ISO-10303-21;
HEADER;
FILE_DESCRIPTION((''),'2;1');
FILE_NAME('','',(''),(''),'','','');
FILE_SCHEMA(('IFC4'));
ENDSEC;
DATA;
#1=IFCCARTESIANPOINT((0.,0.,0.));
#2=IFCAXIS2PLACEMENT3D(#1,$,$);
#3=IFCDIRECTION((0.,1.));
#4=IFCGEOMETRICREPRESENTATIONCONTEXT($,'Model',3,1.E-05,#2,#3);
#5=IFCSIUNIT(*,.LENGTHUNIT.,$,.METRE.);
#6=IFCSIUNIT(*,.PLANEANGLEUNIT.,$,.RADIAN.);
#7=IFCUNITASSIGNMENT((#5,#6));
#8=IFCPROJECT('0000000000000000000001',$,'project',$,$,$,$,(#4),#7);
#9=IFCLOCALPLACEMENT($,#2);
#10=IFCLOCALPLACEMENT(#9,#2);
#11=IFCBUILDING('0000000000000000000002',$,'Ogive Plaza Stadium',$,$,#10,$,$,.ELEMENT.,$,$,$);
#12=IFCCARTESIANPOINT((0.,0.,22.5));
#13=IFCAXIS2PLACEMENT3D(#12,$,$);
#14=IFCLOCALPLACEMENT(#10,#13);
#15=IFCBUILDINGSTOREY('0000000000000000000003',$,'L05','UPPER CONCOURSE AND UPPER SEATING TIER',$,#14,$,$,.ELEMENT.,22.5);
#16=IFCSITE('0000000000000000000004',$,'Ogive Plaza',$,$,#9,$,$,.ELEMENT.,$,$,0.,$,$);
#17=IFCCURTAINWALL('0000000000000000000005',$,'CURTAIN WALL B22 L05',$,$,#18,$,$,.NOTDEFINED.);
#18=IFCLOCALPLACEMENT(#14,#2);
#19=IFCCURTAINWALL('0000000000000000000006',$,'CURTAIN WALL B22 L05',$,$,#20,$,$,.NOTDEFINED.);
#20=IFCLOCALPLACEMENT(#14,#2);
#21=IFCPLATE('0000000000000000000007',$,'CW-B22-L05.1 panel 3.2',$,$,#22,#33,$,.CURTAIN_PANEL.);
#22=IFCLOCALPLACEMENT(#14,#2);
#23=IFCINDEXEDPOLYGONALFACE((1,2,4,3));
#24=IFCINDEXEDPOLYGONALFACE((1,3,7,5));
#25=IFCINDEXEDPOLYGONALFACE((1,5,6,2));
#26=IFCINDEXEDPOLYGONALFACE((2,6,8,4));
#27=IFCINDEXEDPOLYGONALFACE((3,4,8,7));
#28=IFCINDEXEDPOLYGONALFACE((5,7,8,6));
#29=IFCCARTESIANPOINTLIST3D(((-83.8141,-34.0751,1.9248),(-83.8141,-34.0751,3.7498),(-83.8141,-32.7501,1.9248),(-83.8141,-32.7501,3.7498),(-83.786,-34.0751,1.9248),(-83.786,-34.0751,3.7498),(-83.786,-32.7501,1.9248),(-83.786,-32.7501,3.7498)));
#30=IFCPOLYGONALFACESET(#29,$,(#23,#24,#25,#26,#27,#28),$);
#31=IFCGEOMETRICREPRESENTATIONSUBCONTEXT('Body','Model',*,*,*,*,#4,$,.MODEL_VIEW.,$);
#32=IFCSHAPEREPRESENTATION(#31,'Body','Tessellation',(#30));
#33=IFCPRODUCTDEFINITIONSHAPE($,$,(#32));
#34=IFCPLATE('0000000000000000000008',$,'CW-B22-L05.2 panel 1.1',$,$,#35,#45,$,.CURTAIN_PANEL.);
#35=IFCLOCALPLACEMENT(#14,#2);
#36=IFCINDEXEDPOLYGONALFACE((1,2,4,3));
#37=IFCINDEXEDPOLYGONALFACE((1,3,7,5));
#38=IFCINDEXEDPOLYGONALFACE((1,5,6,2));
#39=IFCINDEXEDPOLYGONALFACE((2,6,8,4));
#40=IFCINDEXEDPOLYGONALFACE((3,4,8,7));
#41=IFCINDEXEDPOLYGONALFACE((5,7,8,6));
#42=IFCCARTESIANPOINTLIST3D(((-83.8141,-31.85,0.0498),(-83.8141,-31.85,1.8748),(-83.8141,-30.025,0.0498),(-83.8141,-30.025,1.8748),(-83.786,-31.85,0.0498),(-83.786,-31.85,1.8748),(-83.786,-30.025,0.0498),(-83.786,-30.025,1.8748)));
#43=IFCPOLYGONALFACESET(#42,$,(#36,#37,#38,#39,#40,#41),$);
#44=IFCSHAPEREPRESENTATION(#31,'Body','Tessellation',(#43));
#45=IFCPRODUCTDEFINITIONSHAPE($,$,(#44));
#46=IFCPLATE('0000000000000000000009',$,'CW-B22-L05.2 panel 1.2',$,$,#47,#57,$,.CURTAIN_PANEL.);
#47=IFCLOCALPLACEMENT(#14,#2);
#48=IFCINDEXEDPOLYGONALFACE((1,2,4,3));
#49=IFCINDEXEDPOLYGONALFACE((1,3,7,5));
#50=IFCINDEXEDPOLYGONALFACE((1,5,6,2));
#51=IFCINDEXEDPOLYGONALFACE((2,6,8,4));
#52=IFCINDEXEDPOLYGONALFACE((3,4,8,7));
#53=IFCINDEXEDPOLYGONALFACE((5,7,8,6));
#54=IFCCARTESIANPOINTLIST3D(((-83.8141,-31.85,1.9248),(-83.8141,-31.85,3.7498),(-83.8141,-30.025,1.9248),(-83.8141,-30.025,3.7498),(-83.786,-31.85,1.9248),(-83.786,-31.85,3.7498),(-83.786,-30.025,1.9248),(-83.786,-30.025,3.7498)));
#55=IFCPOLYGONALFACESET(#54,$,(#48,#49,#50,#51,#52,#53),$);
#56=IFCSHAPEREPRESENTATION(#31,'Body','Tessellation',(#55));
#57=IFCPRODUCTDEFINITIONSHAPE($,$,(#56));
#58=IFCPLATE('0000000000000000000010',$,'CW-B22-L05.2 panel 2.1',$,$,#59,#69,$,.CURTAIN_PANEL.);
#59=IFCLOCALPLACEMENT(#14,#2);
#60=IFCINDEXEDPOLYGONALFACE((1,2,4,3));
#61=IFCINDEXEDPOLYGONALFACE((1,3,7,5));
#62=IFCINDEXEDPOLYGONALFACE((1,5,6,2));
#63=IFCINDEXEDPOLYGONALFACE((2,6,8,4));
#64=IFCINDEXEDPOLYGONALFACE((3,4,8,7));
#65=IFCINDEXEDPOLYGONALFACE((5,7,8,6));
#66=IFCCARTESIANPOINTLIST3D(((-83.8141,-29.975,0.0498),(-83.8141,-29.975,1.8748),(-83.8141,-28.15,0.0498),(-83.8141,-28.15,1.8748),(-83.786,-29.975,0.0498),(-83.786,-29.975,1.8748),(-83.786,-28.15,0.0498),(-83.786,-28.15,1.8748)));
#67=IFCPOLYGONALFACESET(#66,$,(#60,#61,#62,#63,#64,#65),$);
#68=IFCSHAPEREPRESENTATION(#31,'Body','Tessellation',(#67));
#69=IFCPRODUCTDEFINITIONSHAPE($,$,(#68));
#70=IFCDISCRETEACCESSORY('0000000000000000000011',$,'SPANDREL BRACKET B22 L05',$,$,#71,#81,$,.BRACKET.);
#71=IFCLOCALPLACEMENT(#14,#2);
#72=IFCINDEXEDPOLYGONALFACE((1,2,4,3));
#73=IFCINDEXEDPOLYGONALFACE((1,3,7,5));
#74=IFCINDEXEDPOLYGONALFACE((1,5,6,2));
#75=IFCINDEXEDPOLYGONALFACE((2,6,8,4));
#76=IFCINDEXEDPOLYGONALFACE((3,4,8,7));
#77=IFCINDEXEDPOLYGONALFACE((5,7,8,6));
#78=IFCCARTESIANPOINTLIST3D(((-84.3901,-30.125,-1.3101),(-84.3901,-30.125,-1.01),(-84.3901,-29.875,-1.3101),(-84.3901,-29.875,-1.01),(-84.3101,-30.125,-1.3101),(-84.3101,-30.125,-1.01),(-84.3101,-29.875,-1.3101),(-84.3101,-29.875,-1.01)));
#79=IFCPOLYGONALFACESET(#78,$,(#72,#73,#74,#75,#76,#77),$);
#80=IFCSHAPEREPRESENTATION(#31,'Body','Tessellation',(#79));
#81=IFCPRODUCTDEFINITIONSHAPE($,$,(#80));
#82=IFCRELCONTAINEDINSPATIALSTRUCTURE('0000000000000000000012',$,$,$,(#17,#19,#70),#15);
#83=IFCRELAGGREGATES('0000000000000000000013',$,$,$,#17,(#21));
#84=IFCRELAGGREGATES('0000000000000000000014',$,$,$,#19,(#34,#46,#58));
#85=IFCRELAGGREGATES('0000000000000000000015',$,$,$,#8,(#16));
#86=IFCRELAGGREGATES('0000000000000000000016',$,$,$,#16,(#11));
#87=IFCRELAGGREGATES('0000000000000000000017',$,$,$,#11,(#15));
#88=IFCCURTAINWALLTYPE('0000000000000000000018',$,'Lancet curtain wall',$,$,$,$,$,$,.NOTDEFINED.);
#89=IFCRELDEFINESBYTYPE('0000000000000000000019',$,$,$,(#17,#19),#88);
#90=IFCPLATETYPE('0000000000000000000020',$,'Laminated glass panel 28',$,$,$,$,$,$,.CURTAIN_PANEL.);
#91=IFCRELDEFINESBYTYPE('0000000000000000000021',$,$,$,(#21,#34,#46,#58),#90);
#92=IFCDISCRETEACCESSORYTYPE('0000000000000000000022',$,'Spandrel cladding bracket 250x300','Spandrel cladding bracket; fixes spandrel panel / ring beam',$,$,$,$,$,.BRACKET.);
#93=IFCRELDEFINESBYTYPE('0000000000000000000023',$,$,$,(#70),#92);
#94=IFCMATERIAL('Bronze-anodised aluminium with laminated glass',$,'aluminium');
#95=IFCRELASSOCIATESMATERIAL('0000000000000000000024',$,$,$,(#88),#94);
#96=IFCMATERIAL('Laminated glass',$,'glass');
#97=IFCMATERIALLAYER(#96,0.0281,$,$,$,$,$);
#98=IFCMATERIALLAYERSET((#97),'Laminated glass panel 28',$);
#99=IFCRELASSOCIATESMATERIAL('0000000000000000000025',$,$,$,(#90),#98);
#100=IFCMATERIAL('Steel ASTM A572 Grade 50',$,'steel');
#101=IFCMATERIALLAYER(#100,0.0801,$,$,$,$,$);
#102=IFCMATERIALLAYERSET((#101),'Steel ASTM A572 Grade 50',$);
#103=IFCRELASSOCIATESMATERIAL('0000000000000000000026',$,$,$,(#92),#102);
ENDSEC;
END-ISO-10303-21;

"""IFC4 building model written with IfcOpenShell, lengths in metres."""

from ifc_helpers import new_model, si_unit, direction, frame, origin, origin_2d, place, context, subcontext, project, spatial, rectangle, extrude, material, layer, layer_set, type_object, element, aggregate, save


model = new_model("IFC4")

# Units and contexts
model_context = context("Model", 3, precision=1e-05, world=origin(), true_north=direction((0.0, 1.0)))
body_context = subcontext(model_context, "Body", "Model", "MODEL_VIEW")
ifc_project = project(units=[si_unit("LENGTHUNIT", "METRE"), si_unit("PLANEANGLEUNIT", "RADIAN")], contexts=[model_context])

# Site, building, storey
site_placement = place(None, origin())
site = spatial("IfcSite", under=ifc_project, at=site_placement, Name="Ogive Plaza", CompositionType="ELEMENT", RefElevation=0.0)
building_placement = place(site_placement, origin())
building = spatial("IfcBuilding", under=site, at=building_placement, Name="Ogive Plaza Stadium", CompositionType="ELEMENT")
storey_placement = place(building_placement, frame((0.0, 0.0, 22.5)))
storey = spatial("IfcBuildingStorey", under=building, at=storey_placement, Name="L05", Description="UPPER CONCOURSE AND UPPER SEATING TIER", CompositionType="ELEMENT", Elevation=22.5)

# Curtain wall
ifc_material_1 = material(Name="Bronze-anodised aluminium with laminated glass", Category="aluminium")
curtain_wall_type = type_object("IfcCurtainWallType", Name="Lancet curtain wall", PredefinedType="NOTDEFINED", material=ifc_material_1)
curtain_wall_1_placement = place(storey_placement, origin())
curtain_wall_1 = element("IfcCurtainWall", 1, at=curtain_wall_1_placement, inside=storey, type_object=curtain_wall_type, Name="CURTAIN WALL B22 L05", PredefinedType="NOTDEFINED")

# Curtain wall
curtain_wall_2_placement = place(storey_placement, origin())
curtain_wall_2 = element("IfcCurtainWall", 2, at=curtain_wall_2_placement, inside=storey, type_object=curtain_wall_type, Name="CURTAIN WALL B22 L05", PredefinedType="NOTDEFINED")

# Plates
ifc_material_2 = material(Name="Laminated glass", Category="glass")
ifc_layer_1 = layer(ifc_material_2, 0.0281)
ifc_layer_set_1 = layer_set([ifc_layer_1], Name="Laminated glass panel 28")
plate_type = type_object("IfcPlateType", Name="Laminated glass panel 28", PredefinedType="CURTAIN_PANEL", material=ifc_layer_set_1)
plate_1_placement = place(storey_placement, frame((-83.8, -33.4126, 1.9248), z_axis=(0.0, 0.0, 1.0), x_axis=(0.0, 1.0, 0.0)))
plate_1 = element("IfcPlate", 3, at=plate_1_placement, type_object=plate_type, Name="CW-B22-L05.1 panel 3.2", PredefinedType="CURTAIN_PANEL", context=body_context, shape_type="SweptSolid", body=[
    extrude(rectangle(XDim=1.325, YDim=0.0281, at=origin_2d()), origin(), (0.0, 0.0, 1.0), 1.825),
])
aggregate(curtain_wall_1, [plate_1])
plate_2_placement = place(storey_placement, frame((-83.8, -30.9375, 0.0498), z_axis=(0.0, 0.0, 1.0), x_axis=(0.0, 1.0, 0.0)))
plate_2 = element("IfcPlate", 4, at=plate_2_placement, type_object=plate_type, Name="CW-B22-L05.2 panel 1.1", PredefinedType="CURTAIN_PANEL", context=body_context, shape_type="SweptSolid", body=[
    extrude(rectangle(XDim=1.825, YDim=0.0281, at=origin_2d()), origin(), (0.0, 0.0, 1.0), 1.825),
])
plate_3_placement = place(storey_placement, frame((-83.8, -30.9375, 1.9248), z_axis=(0.0, 0.0, 1.0), x_axis=(0.0, 1.0, 0.0)))
plate_3 = element("IfcPlate", 5, at=plate_3_placement, type_object=plate_type, Name="CW-B22-L05.2 panel 1.2", PredefinedType="CURTAIN_PANEL", context=body_context, shape_type="SweptSolid", body=[
    extrude(rectangle(XDim=1.825, YDim=0.0281, at=origin_2d()), origin(), (0.0, 0.0, 1.0), 1.825),
])
plate_4_placement = place(storey_placement, frame((-83.8, -29.0625, 0.0498), z_axis=(0.0, 0.0, 1.0), x_axis=(0.0, 1.0, 0.0)))
plate_4 = element("IfcPlate", 6, at=plate_4_placement, type_object=plate_type, Name="CW-B22-L05.2 panel 2.1", PredefinedType="CURTAIN_PANEL", context=body_context, shape_type="SweptSolid", body=[
    extrude(rectangle(XDim=1.825, YDim=0.0281, at=origin_2d()), origin(), (0.0, 0.0, 1.0), 1.825),
])
aggregate(curtain_wall_2, [plate_2, plate_3, plate_4])

# Discrete accessory
ifc_material_3 = material(Name="Steel ASTM A572 Grade 50", Category="steel")
ifc_layer_2 = layer(ifc_material_3, 0.0801)
ifc_layer_set_2 = layer_set([ifc_layer_2], Name="Steel ASTM A572 Grade 50")
discrete_accessory_type = type_object("IfcDiscreteAccessoryType", Name="Spandrel cladding bracket 250x300", Description="Spandrel cladding bracket; fixes spandrel panel / ring beam", PredefinedType="BRACKET", material=ifc_layer_set_2)
discrete_accessory_placement = place(storey_placement, frame((-84.3501, -30.0, -1.3101), z_axis=(0.0, 0.0, 1.0), x_axis=(0.0, 1.0, 0.0)))
element("IfcDiscreteAccessory", 7, at=discrete_accessory_placement, inside=storey, type_object=discrete_accessory_type, Name="SPANDREL BRACKET B22 L05", PredefinedType="BRACKET", context=body_context, shape_type="SweptSolid", body=[
    extrude(rectangle(XDim=0.25, YDim=0.0801, at=origin_2d()), origin(), (0.0, 0.0, 1.0), 0.3),
])

save(model, "model.ifc")
